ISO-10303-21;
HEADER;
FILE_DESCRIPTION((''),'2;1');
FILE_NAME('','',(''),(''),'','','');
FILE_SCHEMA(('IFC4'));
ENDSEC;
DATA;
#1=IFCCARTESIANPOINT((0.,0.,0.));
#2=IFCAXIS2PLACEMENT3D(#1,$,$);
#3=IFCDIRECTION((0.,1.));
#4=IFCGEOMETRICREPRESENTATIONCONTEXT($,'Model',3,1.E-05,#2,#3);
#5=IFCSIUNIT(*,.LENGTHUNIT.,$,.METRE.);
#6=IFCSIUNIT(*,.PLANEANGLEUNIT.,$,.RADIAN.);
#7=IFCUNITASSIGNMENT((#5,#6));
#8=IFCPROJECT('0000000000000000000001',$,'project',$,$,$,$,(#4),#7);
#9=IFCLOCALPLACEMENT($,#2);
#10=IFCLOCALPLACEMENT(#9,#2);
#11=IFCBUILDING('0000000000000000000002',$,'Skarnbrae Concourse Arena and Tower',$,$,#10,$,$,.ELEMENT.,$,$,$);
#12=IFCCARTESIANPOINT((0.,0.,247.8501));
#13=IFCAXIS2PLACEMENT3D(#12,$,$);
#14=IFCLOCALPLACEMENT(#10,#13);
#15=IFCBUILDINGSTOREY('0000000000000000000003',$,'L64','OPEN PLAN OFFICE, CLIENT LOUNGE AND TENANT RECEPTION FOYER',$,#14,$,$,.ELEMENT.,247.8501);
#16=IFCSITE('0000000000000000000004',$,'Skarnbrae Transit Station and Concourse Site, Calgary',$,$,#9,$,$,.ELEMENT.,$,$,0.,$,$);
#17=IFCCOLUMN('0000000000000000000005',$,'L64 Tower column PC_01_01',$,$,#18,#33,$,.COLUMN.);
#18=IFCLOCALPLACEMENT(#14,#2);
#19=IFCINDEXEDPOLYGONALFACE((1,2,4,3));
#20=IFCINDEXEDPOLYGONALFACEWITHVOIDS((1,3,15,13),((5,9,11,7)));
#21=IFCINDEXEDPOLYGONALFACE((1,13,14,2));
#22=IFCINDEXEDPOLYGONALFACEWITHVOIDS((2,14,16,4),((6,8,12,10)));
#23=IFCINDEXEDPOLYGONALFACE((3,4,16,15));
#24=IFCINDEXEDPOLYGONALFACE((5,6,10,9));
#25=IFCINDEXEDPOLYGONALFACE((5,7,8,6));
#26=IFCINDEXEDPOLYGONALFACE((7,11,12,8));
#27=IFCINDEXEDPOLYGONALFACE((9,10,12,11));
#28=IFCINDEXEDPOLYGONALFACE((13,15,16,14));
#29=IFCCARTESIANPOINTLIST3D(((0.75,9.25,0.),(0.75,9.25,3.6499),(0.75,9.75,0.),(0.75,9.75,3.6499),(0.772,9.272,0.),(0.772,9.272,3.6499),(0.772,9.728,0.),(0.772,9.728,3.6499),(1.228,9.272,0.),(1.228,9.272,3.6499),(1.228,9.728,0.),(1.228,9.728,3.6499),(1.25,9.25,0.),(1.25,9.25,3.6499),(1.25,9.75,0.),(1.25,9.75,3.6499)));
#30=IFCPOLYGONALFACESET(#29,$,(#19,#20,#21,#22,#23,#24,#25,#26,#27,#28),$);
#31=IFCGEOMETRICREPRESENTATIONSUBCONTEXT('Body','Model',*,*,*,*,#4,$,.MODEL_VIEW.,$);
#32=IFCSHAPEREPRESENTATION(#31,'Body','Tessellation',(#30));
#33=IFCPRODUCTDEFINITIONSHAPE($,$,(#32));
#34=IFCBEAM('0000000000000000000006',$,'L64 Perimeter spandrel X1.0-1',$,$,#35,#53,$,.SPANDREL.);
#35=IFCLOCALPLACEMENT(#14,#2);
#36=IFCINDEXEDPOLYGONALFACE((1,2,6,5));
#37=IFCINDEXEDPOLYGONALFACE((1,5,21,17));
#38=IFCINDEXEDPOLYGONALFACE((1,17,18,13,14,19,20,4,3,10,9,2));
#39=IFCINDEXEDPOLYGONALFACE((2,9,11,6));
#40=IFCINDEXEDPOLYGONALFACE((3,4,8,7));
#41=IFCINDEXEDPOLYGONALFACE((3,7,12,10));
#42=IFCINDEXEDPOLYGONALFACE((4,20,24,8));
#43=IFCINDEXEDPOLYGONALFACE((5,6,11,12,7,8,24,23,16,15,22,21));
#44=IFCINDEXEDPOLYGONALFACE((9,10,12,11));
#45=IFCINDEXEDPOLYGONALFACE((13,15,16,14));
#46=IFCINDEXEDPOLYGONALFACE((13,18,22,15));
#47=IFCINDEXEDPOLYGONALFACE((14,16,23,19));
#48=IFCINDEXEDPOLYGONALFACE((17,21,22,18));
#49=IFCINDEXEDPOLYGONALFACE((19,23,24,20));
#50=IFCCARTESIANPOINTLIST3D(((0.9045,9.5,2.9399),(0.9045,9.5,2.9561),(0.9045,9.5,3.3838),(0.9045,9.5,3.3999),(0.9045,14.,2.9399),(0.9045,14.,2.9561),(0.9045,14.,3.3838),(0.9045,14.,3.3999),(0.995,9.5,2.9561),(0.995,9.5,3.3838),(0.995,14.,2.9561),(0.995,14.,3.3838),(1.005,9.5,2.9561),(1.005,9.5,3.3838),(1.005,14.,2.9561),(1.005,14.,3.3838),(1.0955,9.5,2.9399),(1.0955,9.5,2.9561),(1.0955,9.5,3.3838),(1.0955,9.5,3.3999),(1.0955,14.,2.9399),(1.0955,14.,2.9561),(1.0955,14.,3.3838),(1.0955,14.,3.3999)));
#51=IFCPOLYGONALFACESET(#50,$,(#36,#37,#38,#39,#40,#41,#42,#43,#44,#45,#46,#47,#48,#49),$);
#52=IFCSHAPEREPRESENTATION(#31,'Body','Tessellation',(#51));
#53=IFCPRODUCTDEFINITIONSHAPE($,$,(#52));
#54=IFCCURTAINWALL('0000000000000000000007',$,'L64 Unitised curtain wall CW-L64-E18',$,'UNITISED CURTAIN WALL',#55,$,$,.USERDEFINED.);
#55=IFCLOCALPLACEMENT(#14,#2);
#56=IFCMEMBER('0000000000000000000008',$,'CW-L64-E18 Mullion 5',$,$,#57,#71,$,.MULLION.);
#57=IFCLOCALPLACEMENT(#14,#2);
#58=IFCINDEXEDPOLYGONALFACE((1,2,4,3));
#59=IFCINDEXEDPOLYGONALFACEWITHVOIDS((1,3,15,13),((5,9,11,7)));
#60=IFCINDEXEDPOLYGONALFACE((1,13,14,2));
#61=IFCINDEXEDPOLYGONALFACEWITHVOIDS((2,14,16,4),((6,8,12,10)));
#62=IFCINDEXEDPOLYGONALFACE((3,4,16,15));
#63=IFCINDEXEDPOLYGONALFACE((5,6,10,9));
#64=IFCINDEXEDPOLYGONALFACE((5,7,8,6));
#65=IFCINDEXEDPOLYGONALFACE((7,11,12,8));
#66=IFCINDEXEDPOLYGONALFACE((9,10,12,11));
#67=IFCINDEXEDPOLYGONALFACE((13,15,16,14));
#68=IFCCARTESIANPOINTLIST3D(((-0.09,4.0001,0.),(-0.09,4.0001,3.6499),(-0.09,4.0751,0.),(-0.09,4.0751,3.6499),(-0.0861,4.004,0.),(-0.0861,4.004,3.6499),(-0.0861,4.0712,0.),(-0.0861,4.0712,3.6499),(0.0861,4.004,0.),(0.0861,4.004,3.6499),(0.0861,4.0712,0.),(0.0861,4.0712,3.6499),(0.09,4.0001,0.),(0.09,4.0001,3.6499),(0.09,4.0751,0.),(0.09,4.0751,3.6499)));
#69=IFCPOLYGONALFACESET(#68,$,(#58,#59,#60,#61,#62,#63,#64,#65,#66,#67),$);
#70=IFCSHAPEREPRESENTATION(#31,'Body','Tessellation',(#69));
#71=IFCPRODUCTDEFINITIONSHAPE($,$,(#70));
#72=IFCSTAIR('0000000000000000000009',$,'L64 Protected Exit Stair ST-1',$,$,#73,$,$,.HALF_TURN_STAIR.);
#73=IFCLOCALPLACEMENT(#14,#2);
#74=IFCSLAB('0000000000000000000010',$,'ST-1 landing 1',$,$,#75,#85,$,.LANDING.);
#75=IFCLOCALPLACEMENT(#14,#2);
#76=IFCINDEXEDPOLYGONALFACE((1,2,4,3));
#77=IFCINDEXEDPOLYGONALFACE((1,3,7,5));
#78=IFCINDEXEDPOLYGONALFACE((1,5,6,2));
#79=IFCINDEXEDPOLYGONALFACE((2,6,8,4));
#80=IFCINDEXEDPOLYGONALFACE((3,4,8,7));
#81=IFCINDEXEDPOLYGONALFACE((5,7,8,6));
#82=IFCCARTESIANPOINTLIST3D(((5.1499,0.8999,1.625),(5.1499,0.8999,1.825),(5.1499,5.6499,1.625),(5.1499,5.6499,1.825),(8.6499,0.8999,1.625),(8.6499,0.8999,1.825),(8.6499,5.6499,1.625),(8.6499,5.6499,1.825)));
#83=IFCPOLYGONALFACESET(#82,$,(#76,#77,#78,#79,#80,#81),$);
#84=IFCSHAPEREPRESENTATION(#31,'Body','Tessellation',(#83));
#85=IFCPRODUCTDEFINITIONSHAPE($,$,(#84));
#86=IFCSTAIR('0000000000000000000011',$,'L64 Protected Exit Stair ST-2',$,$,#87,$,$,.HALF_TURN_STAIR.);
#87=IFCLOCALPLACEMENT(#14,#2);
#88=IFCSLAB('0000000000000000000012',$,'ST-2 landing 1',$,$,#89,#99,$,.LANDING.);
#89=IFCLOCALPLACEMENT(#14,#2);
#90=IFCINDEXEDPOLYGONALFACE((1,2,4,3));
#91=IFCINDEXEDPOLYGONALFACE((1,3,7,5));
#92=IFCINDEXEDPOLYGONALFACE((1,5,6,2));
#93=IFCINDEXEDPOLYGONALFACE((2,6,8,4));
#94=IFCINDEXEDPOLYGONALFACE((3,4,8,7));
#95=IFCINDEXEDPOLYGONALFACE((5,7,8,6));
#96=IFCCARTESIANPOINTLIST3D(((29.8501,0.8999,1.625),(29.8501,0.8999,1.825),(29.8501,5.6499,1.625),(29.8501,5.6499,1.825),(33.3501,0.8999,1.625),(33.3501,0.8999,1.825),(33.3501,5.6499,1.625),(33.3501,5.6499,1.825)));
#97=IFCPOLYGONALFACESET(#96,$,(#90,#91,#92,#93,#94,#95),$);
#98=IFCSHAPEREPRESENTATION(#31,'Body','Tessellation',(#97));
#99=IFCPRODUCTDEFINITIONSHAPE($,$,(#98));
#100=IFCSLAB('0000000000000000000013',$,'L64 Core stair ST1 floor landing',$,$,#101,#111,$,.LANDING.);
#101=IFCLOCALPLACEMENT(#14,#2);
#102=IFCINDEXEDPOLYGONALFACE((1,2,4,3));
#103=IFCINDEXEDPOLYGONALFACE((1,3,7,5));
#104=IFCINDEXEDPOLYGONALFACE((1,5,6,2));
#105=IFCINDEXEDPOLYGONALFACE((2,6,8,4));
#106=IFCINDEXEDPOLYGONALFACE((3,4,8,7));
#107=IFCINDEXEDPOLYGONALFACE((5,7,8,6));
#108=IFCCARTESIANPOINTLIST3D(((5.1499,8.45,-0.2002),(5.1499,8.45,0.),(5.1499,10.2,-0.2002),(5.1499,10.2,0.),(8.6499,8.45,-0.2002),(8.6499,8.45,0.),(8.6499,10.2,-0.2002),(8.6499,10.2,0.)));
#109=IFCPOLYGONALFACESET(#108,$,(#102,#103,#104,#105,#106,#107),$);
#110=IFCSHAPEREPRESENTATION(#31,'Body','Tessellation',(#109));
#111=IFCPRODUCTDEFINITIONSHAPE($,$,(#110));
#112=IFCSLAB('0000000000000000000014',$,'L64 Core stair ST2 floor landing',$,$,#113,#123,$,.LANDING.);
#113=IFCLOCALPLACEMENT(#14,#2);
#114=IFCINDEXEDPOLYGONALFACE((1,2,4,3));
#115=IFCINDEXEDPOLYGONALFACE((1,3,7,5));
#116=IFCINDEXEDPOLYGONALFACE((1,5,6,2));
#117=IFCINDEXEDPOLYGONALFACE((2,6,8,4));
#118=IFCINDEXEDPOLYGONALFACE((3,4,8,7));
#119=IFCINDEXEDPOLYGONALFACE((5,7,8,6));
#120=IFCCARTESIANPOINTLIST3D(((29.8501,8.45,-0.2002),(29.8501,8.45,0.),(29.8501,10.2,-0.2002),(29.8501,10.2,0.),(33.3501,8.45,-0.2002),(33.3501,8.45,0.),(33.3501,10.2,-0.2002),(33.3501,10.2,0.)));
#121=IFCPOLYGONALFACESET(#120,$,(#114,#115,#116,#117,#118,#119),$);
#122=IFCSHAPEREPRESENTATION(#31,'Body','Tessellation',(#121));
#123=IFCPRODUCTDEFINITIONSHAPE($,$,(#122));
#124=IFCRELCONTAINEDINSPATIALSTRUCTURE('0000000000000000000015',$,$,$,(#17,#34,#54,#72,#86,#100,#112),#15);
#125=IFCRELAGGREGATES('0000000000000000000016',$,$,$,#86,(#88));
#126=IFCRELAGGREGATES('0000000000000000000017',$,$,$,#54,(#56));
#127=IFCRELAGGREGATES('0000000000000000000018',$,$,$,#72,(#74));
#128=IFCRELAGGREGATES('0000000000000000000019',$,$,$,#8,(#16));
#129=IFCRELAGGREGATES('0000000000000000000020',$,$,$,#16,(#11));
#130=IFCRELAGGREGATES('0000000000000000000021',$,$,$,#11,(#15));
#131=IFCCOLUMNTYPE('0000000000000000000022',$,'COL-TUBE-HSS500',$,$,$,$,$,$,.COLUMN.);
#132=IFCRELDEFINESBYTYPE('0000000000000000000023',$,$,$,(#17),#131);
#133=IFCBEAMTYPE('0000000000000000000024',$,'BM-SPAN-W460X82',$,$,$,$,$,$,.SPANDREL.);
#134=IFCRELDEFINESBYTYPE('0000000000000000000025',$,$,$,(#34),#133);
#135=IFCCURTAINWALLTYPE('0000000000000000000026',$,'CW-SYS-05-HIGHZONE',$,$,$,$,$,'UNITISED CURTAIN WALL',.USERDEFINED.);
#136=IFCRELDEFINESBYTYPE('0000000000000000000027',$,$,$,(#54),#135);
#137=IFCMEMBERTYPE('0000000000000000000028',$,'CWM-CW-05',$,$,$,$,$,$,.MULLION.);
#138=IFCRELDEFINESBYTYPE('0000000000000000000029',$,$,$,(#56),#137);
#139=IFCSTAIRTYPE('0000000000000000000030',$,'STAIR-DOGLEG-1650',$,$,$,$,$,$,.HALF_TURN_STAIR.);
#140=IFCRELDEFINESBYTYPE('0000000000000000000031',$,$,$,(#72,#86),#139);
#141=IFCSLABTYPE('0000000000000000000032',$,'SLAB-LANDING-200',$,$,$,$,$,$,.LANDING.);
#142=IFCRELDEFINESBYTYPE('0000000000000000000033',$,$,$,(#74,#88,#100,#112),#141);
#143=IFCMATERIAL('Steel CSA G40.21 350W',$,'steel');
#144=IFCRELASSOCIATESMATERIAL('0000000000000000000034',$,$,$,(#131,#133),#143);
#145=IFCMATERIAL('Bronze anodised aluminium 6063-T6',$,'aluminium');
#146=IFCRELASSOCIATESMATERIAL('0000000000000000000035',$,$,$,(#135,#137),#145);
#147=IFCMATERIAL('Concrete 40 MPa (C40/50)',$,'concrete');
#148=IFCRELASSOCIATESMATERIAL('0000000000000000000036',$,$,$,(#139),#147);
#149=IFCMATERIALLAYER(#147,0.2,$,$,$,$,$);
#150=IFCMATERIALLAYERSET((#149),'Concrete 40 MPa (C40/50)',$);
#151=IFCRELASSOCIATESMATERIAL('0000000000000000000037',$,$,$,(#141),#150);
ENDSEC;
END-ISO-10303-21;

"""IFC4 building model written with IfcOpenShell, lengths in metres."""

from ifc_helpers import new_model, si_unit, direction, frame, origin, origin_2d, place, context, subcontext, project, spatial, polyline, hollow_rectangle, i_section, outline, extrude, source, transform, mapped, material, layer, layer_set, material_profile, profile_set, type_object, element, aggregate, save


model = new_model("IFC4")

# Units and contexts
model_context = context("Model", 3, precision=1e-05, world=origin(), true_north=direction((0.0, 1.0)))
body_context = subcontext(model_context, "Body", "Model", "MODEL_VIEW")
ifc_project = project(units=[si_unit("LENGTHUNIT", "METRE"), si_unit("PLANEANGLEUNIT", "RADIAN")], contexts=[model_context])

# Site, building, storey
site_placement = place(None, origin())
site = spatial("IfcSite", under=ifc_project, at=site_placement, Name="Skarnbrae Transit Station and Concourse Site, Calgary", CompositionType="ELEMENT", RefElevation=0.0)
building_placement = place(site_placement, origin())
building = spatial("IfcBuilding", under=site, at=building_placement, Name="Skarnbrae Concourse Arena and Tower", CompositionType="ELEMENT")
storey_placement = place(building_placement, frame((0.0, 0.0, 247.8501)))
storey = spatial("IfcBuildingStorey", under=building, at=storey_placement, Name="L64", Description="OPEN PLAN OFFICE, CLIENT LOUNGE AND TENANT RECEPTION FOYER", CompositionType="ELEMENT", Elevation=247.8501)

# Column
ifc_material_1 = material(Name="Steel CSA G40.21 350W", Category="steel")
ifc_material_profile_1 = material_profile(ifc_material_1, hollow_rectangle(XDim=0.5, YDim=0.5, WallThickness=0.022, at=origin_2d()), Name="HSS500X500X22.0")
ifc_profile_set_1 = profile_set([ifc_material_profile_1], Name="Steel CSA G40.21 350W")
column_type = type_object("IfcColumnType", Name="COL-TUBE-HSS500", PredefinedType="COLUMN", material=ifc_profile_set_1)
shared_shape_1 = source(origin(), body_context, "Body", "SweptSolid", [
    extrude(hollow_rectangle(XDim=0.5, YDim=0.5, WallThickness=0.022, at=origin_2d()), origin(), (0.0, 0.0, 1.0), 3.6499),
])
column_placement = place(storey_placement, frame((1.0, 9.5, 0.0), z_axis=(0.0, 0.0, 1.0), x_axis=(1.0, 0.0, 0.0)))
element("IfcColumn", 1, at=column_placement, inside=storey, type_object=column_type, Name="L64 Tower column PC_01_01", PredefinedType="COLUMN", context=body_context, shape_type="MappedRepresentation", body=[
    mapped(shared_shape_1, transform((0.0, 0.0, 0.0))),
])

# Beam
ifc_material_profile_2 = material_profile(ifc_material_1, i_section(OverallWidth=0.1909, OverallDepth=0.46, WebThickness=0.01, FlangeThickness=0.0161, at=origin_2d()), Name="W460X82")
ifc_profile_set_2 = profile_set([ifc_material_profile_2], Name="Steel CSA G40.21 350W")
beam_type = type_object("IfcBeamType", Name="BM-SPAN-W460X82", PredefinedType="SPANDREL", material=ifc_profile_set_2)
shared_shape_2 = source(origin(), body_context, "Body", "SweptSolid", [
    extrude(i_section(OverallWidth=0.1909, OverallDepth=0.46, WebThickness=0.01, FlangeThickness=0.0161, at=origin_2d()), origin(), (0.0, 0.0, 1.0), 4.5),
])
beam_placement = place(storey_placement, frame((1.0, 9.5, 3.1699), z_axis=(0.0, 1.0, 0.0), x_axis=(-1.0, 0.0, 0.0)))
element("IfcBeam", 2, at=beam_placement, inside=storey, type_object=beam_type, Name="L64 Perimeter spandrel X1.0-1", PredefinedType="SPANDREL", context=body_context, shape_type="MappedRepresentation", body=[
    mapped(shared_shape_2, transform((0.0, 0.0, 0.0))),
])

# Curtain wall, member
ifc_material_2 = material(Name="Bronze anodised aluminium 6063-T6", Category="aluminium")
curtain_wall_type = type_object("IfcCurtainWallType", Name="CW-SYS-05-HIGHZONE", ElementType="UNITISED CURTAIN WALL", PredefinedType="USERDEFINED", material=ifc_material_2)
curtain_wall_placement = place(storey_placement, origin())
curtain_wall = element("IfcCurtainWall", 3, at=curtain_wall_placement, inside=storey, type_object=curtain_wall_type, Name="L64 Unitised curtain wall CW-L64-E18", ObjectType="UNITISED CURTAIN WALL", PredefinedType="USERDEFINED")
ifc_material_profile_3 = material_profile(ifc_material_2, hollow_rectangle(XDim=0.075, YDim=0.1799, WallThickness=0.0039, at=origin_2d()), Name="ALU-MULL-75X180")
ifc_profile_set_3 = profile_set([ifc_material_profile_3], Name="Bronze anodised aluminium 6063-T6")
member_type = type_object("IfcMemberType", Name="CWM-CW-05", PredefinedType="MULLION", material=ifc_profile_set_3)
shared_shape_3 = source(origin(), body_context, "Body", "SweptSolid", [
    extrude(hollow_rectangle(XDim=0.075, YDim=0.1799, WallThickness=0.0039, at=origin_2d()), origin(), (0.0, 0.0, 1.0), 3.6499),
])
member_placement = place(storey_placement, frame((0.0, 4.0376, 0.0), z_axis=(0.0, 0.0, 1.0), x_axis=(0.0, -1.0, 0.0)))
member = element("IfcMember", 4, at=member_placement, type_object=member_type, Name="CW-L64-E18 Mullion 5", PredefinedType="MULLION", context=body_context, shape_type="MappedRepresentation", body=[
    mapped(shared_shape_3, transform((0.0, 0.0, 0.0))),
])

# Stairs, slabs
ifc_material_3 = material(Name="Concrete 40 MPa (C40/50)", Category="concrete")
stair_type = type_object("IfcStairType", Name="STAIR-DOGLEG-1650", PredefinedType="HALF_TURN_STAIR", material=ifc_material_3)
stair_1_placement = place(storey_placement, origin())
stair_1 = element("IfcStair", 5, at=stair_1_placement, inside=storey, type_object=stair_type, Name="L64 Protected Exit Stair ST-1", PredefinedType="HALF_TURN_STAIR")
ifc_layer_1 = layer(ifc_material_3, 0.2)
ifc_layer_set_1 = layer_set([ifc_layer_1], Name="Concrete 40 MPa (C40/50)")
slab_type_1 = type_object("IfcSlabType", Name="SLAB-LANDING-200", PredefinedType="LANDING", material=ifc_layer_set_1)
slab_1_placement = place(storey_placement, frame((0.0, 0.0, 1.625)))
slab_1 = element("IfcSlab", 6, at=slab_1_placement, type_object=slab_type_1, Name="ST-1 landing 1", PredefinedType="LANDING", context=body_context, shape_type="SweptSolid", body=[
    extrude(outline(polyline([(5.1499, 5.6499), (5.1499, 0.8999), (8.6499, 0.8999), (8.6499, 5.6499), (5.1499, 5.6499)])), origin(), (0.0, 0.0, 1.0), 0.2),
])
stair_2_placement = place(storey_placement, origin())
stair_2 = element("IfcStair", 7, at=stair_2_placement, inside=storey, type_object=stair_type, Name="L64 Protected Exit Stair ST-2", PredefinedType="HALF_TURN_STAIR")
slab_2_placement = place(storey_placement, frame((0.0, 0.0, 1.625)))
slab_2 = element("IfcSlab", 8, at=slab_2_placement, type_object=slab_type_1, Name="ST-2 landing 1", PredefinedType="LANDING", context=body_context, shape_type="SweptSolid", body=[
    extrude(outline(polyline([(29.8501, 5.6499), (29.8501, 0.8999), (33.3501, 0.8999), (33.3501, 5.6499), (29.8501, 5.6499)])), origin(), (0.0, 0.0, 1.0), 0.2),
])
aggregate(stair_2, [slab_2])

# Slabs
slab_3_placement = place(storey_placement, frame((0.0, 0.0, -0.2002)))
element("IfcSlab", 9, at=slab_3_placement, inside=storey, type_object=slab_type_1, Name="L64 Core stair ST1 floor landing", PredefinedType="LANDING", context=body_context, shape_type="SweptSolid", body=[
    extrude(outline(polyline([(5.1499, 10.2), (5.1499, 8.45), (8.6499, 8.45), (8.6499, 10.2), (5.1499, 10.2)])), origin(), (0.0, 0.0, 1.0), 0.2002),
])
slab_4_placement = place(storey_placement, frame((0.0, 0.0, -0.2002)))
element("IfcSlab", 10, at=slab_4_placement, inside=storey, type_object=slab_type_1, Name="L64 Core stair ST2 floor landing", PredefinedType="LANDING", context=body_context, shape_type="SweptSolid", body=[
    extrude(outline(polyline([(29.8501, 10.2), (29.8501, 8.45), (33.3501, 8.45), (33.3501, 10.2), (29.8501, 10.2)])), origin(), (0.0, 0.0, 1.0), 0.2002),
])

aggregate(curtain_wall, [member])

aggregate(stair_1, [slab_1])

save(model, "model.ifc")
